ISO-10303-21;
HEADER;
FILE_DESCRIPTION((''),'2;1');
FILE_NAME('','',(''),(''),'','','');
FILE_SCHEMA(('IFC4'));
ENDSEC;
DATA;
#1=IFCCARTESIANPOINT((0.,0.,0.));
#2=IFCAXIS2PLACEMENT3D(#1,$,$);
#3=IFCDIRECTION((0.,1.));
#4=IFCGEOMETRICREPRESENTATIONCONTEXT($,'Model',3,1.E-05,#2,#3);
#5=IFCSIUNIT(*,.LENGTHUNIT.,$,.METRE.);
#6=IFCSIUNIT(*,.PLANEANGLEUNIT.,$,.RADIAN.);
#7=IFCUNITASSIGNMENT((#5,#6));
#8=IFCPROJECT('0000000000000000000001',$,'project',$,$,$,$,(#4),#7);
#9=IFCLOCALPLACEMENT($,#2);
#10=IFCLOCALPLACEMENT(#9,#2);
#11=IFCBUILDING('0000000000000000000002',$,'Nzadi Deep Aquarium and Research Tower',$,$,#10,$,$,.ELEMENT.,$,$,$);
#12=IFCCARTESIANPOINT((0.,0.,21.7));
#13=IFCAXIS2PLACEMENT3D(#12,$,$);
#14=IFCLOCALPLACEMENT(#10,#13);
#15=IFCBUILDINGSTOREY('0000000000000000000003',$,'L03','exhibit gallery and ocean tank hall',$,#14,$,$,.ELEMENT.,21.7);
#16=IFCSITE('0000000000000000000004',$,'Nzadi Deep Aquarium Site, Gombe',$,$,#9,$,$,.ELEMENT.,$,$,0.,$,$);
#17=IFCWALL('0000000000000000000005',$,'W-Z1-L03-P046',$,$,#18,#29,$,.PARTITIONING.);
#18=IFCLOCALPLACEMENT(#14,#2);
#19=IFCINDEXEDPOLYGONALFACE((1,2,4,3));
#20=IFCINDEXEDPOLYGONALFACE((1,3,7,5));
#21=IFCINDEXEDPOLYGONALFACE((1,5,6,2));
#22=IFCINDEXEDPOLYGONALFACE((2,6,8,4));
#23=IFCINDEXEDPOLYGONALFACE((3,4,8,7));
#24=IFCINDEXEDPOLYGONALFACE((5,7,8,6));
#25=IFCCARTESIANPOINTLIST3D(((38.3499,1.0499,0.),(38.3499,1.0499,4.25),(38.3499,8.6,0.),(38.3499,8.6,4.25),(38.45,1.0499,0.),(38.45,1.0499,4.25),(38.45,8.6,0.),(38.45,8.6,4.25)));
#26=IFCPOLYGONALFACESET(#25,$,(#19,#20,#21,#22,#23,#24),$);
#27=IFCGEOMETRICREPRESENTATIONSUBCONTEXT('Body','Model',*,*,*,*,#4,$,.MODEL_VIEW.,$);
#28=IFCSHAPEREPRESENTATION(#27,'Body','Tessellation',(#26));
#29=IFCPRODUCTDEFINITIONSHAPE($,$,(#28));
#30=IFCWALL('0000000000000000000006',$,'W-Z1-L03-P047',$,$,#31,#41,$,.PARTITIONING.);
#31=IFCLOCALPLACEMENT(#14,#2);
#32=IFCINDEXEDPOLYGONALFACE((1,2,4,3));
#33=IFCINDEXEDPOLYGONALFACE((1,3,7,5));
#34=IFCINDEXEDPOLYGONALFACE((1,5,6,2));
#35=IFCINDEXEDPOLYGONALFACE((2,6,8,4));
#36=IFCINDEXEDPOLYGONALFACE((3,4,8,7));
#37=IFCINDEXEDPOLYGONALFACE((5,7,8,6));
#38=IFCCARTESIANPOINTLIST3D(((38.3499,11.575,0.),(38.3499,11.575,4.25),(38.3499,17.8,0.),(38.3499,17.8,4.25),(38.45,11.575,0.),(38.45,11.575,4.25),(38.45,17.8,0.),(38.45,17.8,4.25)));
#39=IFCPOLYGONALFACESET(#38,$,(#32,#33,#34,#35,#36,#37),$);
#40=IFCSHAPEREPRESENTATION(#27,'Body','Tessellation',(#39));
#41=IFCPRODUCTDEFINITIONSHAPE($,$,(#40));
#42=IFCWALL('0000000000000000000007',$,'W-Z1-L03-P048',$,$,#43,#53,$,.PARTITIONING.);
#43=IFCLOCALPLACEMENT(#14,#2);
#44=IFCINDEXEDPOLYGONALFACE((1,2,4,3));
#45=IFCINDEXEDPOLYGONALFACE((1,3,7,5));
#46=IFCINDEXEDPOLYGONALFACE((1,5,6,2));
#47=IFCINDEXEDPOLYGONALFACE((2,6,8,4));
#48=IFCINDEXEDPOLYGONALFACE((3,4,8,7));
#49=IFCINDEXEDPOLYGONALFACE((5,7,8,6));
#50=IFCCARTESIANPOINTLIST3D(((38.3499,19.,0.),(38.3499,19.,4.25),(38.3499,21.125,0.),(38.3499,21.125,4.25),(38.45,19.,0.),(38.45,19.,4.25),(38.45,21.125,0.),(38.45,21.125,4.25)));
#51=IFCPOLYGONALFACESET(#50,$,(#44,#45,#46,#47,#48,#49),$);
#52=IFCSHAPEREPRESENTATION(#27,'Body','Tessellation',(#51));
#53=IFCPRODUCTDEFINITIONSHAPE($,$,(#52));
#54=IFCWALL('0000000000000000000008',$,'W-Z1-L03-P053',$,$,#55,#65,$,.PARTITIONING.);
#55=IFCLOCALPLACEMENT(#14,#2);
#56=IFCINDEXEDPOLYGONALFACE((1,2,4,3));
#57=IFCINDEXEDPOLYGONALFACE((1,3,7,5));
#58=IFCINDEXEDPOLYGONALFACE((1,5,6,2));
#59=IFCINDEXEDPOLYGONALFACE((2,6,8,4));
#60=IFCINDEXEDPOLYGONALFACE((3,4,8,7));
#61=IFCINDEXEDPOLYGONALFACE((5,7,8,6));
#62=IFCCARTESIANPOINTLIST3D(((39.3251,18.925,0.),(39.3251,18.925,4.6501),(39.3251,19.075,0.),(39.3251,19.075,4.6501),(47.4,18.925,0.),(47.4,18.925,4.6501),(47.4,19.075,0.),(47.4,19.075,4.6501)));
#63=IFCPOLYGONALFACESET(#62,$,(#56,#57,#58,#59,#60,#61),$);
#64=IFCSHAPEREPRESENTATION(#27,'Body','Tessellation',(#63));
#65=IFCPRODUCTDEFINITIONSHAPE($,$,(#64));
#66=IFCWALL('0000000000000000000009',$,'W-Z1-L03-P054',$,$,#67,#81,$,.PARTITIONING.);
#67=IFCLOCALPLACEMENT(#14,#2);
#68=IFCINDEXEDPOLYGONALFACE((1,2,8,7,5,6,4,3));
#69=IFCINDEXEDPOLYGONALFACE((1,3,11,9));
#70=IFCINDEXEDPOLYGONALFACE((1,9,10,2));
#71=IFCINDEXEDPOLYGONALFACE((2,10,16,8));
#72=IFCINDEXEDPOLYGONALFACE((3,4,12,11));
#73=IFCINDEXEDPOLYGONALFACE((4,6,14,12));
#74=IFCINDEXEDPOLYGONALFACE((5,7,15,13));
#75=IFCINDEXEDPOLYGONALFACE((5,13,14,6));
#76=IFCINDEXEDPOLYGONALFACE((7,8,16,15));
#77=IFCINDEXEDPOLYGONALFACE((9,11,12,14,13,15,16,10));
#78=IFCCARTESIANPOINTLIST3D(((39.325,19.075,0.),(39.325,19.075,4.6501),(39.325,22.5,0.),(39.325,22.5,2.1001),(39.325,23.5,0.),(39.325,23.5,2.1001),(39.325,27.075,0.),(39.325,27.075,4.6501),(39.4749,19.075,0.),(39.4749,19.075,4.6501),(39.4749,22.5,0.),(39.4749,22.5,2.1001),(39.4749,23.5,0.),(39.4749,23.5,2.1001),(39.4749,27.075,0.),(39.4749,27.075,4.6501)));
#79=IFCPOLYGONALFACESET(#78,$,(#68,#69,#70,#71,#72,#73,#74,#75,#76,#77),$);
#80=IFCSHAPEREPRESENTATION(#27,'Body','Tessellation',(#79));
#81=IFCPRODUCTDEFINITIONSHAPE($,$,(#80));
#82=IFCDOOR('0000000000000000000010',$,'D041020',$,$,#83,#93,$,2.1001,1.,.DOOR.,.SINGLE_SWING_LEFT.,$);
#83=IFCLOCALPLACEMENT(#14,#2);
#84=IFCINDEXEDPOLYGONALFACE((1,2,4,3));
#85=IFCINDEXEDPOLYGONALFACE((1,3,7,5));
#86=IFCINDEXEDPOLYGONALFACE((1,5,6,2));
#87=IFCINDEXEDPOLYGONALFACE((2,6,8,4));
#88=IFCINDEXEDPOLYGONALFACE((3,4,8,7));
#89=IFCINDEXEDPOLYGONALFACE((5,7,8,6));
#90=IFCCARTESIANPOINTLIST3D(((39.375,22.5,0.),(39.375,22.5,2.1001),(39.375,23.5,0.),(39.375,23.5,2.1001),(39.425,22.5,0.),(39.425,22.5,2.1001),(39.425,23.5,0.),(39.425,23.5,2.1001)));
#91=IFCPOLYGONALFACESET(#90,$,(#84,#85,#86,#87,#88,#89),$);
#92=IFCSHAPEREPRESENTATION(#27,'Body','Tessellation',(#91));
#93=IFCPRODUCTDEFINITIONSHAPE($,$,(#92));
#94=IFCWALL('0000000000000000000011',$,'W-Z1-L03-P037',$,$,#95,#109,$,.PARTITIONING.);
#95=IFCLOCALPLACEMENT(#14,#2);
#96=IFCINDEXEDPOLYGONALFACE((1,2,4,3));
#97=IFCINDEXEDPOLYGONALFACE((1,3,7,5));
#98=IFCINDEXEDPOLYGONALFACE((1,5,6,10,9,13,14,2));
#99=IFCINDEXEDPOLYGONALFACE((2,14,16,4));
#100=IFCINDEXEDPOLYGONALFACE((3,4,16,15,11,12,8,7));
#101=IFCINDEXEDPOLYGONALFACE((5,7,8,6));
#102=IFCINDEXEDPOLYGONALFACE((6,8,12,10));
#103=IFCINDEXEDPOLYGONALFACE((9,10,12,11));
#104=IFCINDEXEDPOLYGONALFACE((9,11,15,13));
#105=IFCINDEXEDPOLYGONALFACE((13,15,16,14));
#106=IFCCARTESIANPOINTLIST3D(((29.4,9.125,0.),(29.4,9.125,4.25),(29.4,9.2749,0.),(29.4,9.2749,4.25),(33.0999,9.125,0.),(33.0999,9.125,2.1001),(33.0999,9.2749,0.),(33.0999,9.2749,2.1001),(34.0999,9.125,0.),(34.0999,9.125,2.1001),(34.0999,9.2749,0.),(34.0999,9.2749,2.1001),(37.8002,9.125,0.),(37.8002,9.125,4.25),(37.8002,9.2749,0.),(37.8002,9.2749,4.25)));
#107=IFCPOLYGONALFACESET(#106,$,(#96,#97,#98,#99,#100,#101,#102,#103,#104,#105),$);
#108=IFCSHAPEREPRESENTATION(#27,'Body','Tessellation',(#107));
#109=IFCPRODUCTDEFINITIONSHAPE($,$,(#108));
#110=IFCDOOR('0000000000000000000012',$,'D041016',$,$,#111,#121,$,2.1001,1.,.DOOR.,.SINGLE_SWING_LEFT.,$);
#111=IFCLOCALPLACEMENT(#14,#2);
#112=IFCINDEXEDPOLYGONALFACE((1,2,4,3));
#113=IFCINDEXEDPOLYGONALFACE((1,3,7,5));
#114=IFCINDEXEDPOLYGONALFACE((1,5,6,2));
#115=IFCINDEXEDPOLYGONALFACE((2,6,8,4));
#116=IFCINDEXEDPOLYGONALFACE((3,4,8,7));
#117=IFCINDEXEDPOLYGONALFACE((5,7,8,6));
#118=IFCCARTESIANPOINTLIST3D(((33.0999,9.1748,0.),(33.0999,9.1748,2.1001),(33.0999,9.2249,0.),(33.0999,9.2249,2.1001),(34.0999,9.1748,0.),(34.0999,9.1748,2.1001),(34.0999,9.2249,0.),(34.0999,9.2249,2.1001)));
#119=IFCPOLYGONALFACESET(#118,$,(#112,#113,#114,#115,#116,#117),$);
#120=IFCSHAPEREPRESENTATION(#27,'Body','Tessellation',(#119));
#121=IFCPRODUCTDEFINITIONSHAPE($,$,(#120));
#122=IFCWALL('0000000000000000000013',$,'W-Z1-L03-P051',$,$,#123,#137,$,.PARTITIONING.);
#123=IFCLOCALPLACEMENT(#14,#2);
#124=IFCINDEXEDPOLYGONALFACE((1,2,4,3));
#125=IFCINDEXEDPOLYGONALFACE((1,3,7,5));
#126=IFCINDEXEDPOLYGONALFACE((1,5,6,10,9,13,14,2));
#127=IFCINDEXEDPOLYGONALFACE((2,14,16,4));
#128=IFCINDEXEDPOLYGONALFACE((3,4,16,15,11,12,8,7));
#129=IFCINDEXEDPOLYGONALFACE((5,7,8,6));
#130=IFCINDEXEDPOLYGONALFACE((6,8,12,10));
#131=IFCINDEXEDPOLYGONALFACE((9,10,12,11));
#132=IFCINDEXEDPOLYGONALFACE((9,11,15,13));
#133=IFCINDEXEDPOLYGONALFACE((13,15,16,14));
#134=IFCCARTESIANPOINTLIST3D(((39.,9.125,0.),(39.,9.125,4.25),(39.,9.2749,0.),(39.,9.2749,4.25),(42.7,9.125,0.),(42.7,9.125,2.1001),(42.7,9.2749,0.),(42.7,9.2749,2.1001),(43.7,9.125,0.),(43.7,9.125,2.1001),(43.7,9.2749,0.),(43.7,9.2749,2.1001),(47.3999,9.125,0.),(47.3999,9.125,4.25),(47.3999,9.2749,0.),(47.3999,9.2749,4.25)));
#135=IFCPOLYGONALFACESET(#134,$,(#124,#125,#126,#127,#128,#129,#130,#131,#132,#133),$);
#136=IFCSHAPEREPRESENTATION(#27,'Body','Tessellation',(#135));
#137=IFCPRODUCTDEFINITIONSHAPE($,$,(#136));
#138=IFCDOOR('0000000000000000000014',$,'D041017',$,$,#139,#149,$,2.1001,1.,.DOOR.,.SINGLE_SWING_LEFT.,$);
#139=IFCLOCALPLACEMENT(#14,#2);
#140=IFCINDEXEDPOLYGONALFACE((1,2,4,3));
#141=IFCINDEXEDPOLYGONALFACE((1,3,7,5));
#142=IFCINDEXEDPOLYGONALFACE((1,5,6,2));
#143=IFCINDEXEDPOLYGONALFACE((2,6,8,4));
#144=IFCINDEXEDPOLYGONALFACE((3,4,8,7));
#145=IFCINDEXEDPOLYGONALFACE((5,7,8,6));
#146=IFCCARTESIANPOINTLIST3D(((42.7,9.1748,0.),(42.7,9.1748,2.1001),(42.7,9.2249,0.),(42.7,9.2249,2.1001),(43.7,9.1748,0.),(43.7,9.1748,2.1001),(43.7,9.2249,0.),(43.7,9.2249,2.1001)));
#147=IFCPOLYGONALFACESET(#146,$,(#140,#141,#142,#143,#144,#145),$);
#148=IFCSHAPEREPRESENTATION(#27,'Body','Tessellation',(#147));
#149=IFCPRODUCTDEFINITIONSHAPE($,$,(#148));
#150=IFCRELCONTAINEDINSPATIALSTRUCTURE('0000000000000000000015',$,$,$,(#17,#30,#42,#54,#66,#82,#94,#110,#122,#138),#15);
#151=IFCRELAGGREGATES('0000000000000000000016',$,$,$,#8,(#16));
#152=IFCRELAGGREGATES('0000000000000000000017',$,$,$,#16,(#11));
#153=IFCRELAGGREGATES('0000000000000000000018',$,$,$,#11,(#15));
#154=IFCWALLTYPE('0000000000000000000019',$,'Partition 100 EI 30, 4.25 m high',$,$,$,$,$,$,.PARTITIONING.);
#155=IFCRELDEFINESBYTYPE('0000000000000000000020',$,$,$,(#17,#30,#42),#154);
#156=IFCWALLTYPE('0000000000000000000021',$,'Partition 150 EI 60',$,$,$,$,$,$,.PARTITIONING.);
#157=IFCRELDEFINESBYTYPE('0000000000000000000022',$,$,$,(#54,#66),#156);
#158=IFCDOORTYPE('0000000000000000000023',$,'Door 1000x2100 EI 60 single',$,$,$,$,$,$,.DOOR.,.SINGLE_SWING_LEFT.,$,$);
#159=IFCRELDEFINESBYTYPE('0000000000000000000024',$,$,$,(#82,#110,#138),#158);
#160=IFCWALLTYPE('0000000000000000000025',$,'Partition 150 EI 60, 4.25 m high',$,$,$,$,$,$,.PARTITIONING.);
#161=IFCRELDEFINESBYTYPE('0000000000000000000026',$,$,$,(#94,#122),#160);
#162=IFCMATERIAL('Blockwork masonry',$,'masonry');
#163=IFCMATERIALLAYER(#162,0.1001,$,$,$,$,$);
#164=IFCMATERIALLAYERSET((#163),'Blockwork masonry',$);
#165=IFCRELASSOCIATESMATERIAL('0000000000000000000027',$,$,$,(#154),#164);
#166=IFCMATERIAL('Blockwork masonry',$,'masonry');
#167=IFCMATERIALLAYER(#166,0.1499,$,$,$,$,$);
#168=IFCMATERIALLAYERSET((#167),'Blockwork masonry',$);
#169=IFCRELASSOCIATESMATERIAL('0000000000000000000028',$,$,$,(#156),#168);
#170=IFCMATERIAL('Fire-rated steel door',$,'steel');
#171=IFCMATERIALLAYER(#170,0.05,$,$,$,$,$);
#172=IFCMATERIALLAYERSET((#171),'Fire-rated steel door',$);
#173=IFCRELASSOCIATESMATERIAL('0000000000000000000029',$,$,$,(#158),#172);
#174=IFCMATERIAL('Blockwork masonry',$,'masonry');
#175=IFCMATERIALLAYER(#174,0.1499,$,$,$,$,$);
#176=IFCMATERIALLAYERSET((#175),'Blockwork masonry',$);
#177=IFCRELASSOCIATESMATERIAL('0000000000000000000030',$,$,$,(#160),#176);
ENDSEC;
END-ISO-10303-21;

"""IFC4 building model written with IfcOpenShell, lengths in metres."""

from ifc_helpers import new_model, si_unit, direction, frame, frame_2d, origin, place, context, subcontext, project, spatial, rectangle, extrude, material, layer, layer_set, type_object, element, fill, save


model = new_model("IFC4")

# Units and contexts
model_context = context("Model", 3, precision=1e-05, world=origin(), true_north=direction((0.0, 1.0)))
body_context = subcontext(model_context, "Body", "Model", "MODEL_VIEW")
ifc_project = project(units=[si_unit("LENGTHUNIT", "METRE"), si_unit("PLANEANGLEUNIT", "RADIAN")], contexts=[model_context])

# Site, building, storey
site_placement = place(None, origin())
site = spatial("IfcSite", under=ifc_project, at=site_placement, Name="Nzadi Deep Aquarium Site, Gombe", CompositionType="ELEMENT", RefElevation=0.0)
building_placement = place(site_placement, origin())
building = spatial("IfcBuilding", under=site, at=building_placement, Name="Nzadi Deep Aquarium and Research Tower", CompositionType="ELEMENT")
storey_placement = place(building_placement, frame((0.0, 0.0, 21.7)))
storey = spatial("IfcBuildingStorey", under=building, at=storey_placement, Name="L03", Description="exhibit gallery and ocean tank hall", CompositionType="ELEMENT", Elevation=21.7)

# Walls
ifc_material_1 = material(Name="Blockwork masonry", Category="masonry")
ifc_layer_1 = layer(ifc_material_1, 0.1001)
ifc_layer_set_1 = layer_set([ifc_layer_1], Name="Blockwork masonry")
wall_type_1 = type_object("IfcWallType", Name="Partition 100 EI 30, 4.25 m high", PredefinedType="PARTITIONING", material=ifc_layer_set_1)
wall_1_placement = place(storey_placement, frame((38.3999, 1.05, 0.0), z_axis=(0.0, 0.0, 1.0), x_axis=(0.0, 1.0, 0.0)))
element("IfcWall", 1, at=wall_1_placement, inside=storey, type_object=wall_type_1, Name="W-Z1-L03-P046", PredefinedType="PARTITIONING", context=body_context, shape_type="SweptSolid", body=[
    extrude(rectangle(XDim=7.55, YDim=0.1001, at=frame_2d((3.7749, 0.0))), origin(), (0.0, 0.0, 1.0), 4.25),
])
wall_2_placement = place(storey_placement, frame((38.3999, 11.575, 0.0), z_axis=(0.0, 0.0, 1.0), x_axis=(0.0, 1.0, 0.0)))
element("IfcWall", 2, at=wall_2_placement, inside=storey, type_object=wall_type_1, Name="W-Z1-L03-P047", PredefinedType="PARTITIONING", context=body_context, shape_type="SweptSolid", body=[
    extrude(rectangle(XDim=6.2251, YDim=0.1001, at=frame_2d((3.1125, 0.0))), origin(), (0.0, 0.0, 1.0), 4.25),
])
wall_3_placement = place(storey_placement, frame((38.3999, 19.0, 0.0), z_axis=(0.0, 0.0, 1.0), x_axis=(0.0, 1.0, 0.0)))
element("IfcWall", 3, at=wall_3_placement, inside=storey, type_object=wall_type_1, Name="W-Z1-L03-P048", PredefinedType="PARTITIONING", context=body_context, shape_type="SweptSolid", body=[
    extrude(rectangle(XDim=2.125, YDim=0.1001, at=frame_2d((1.0625, 0.0))), origin(), (0.0, 0.0, 1.0), 4.25),
])
ifc_material_2 = material(Name="Blockwork masonry", Category="masonry")
ifc_layer_2 = layer(ifc_material_2, 0.1499)
ifc_layer_set_2 = layer_set([ifc_layer_2], Name="Blockwork masonry")
wall_type_2 = type_object("IfcWallType", Name="Partition 150 EI 60", PredefinedType="PARTITIONING", material=ifc_layer_set_2)
wall_4_placement = place(storey_placement, frame((39.325, 19.0, 0.0), z_axis=(0.0, 0.0, 1.0), x_axis=(1.0, 0.0, 0.0)))
element("IfcWall", 4, at=wall_4_placement, inside=storey, type_object=wall_type_2, Name="W-Z1-L03-P053", PredefinedType="PARTITIONING", context=body_context, shape_type="SweptSolid", body=[
    extrude(rectangle(XDim=8.075, YDim=0.1499, at=frame_2d((4.0376, 0.0))), origin(), (0.0, 0.0, 1.0), 4.6501),
])

# Walls, openings, doors
wall_5_placement = place(storey_placement, frame((39.3999, 19.075, 0.0), z_axis=(0.0, 0.0, 1.0), x_axis=(0.0, 1.0, 0.0)))
wall_5 = element("IfcWall", 5, at=wall_5_placement, inside=storey, type_object=wall_type_2, Name="W-Z1-L03-P054", PredefinedType="PARTITIONING", context=body_context, shape_type="SweptSolid", body=[
    extrude(rectangle(XDim=8.0, YDim=0.1499, at=frame_2d((4.0, 0.0))), origin(), (0.0, 0.0, 1.0), 4.6501),
])
opening_1_placement = place(wall_5_placement, frame((3.425, 0.0, 0.0)))
opening_1 = element("IfcOpeningElement", 6, at=opening_1_placement, cuts=wall_5, PredefinedType="OPENING", context=body_context, shape_type="SweptSolid", body=[
    extrude(rectangle(XDim=1.0, YDim=2.1001, at=frame_2d((0.5, 1.05))), frame((0.0, 0.085, 0.0), z_axis=(0.0, -1.0, 0.0), x_axis=(1.0, 0.0, 0.0)), (0.0, 0.0, 1.0), 0.1699),
])
ifc_material_3 = material(Name="Fire-rated steel door", Category="steel")
ifc_layer_3 = layer(ifc_material_3, 0.05)
ifc_layer_set_3 = layer_set([ifc_layer_3], Name="Fire-rated steel door")
door_type = type_object("IfcDoorType", Name="Door 1000x2100 EI 60 single", OperationType="SINGLE_SWING_LEFT", PredefinedType="DOOR", material=ifc_layer_set_3)
door_1_placement = place(opening_1_placement, origin())
door_1 = element("IfcDoor", 7, at=door_1_placement, inside=storey, type_object=door_type, Name="D041020", OperationType="SINGLE_SWING_LEFT", OverallHeight=2.1001, OverallWidth=1.0, PredefinedType="DOOR", context=body_context, shape_type="SweptSolid", body=[
    extrude(rectangle(XDim=1.0, YDim=2.1001, at=frame_2d((0.5, 1.05))), frame((0.0, 0.0249, 0.0), z_axis=(0.0, -1.0, 0.0), x_axis=(1.0, 0.0, 0.0)), (0.0, 0.0, 1.0), 0.05),
])
fill(opening_1, door_1)
ifc_material_4 = material(Name="Blockwork masonry", Category="masonry")
ifc_layer_4 = layer(ifc_material_4, 0.1499)
ifc_layer_set_4 = layer_set([ifc_layer_4], Name="Blockwork masonry")
wall_type_3 = type_object("IfcWallType", Name="Partition 150 EI 60, 4.25 m high", PredefinedType="PARTITIONING", material=ifc_layer_set_4)
wall_6_placement = place(storey_placement, frame((29.3999, 9.2, 0.0), z_axis=(0.0, 0.0, 1.0), x_axis=(1.0, 0.0, 0.0)))
wall_6 = element("IfcWall", 8, at=wall_6_placement, inside=storey, type_object=wall_type_3, Name="W-Z1-L03-P037", PredefinedType="PARTITIONING", context=body_context, shape_type="SweptSolid", body=[
    extrude(rectangle(XDim=8.4001, YDim=0.1499, at=frame_2d((4.2002, 0.0))), origin(), (0.0, 0.0, 1.0), 4.25),
])
opening_2_placement = place(wall_6_placement, frame((3.7, 0.0, 0.0)))
opening_2 = element("IfcOpeningElement", 9, at=opening_2_placement, cuts=wall_6, PredefinedType="OPENING", context=body_context, shape_type="SweptSolid", body=[
    extrude(rectangle(XDim=1.0, YDim=2.1001, at=frame_2d((0.5, 1.05))), frame((0.0, 0.085, 0.0), z_axis=(0.0, -1.0, 0.0), x_axis=(1.0, 0.0, 0.0)), (0.0, 0.0, 1.0), 0.1699),
])
door_2_placement = place(opening_2_placement, origin())
door_2 = element("IfcDoor", 10, at=door_2_placement, inside=storey, type_object=door_type, Name="D041016", OperationType="SINGLE_SWING_LEFT", OverallHeight=2.1001, OverallWidth=1.0, PredefinedType="DOOR", context=body_context, shape_type="SweptSolid", body=[
    extrude(rectangle(XDim=1.0, YDim=2.1001, at=frame_2d((0.5, 1.05))), frame((0.0, 0.0249, 0.0), z_axis=(0.0, -1.0, 0.0), x_axis=(1.0, 0.0, 0.0)), (0.0, 0.0, 1.0), 0.05),
])
fill(opening_2, door_2)
wall_7_placement = place(storey_placement, frame((39.0, 9.2, 0.0), z_axis=(0.0, 0.0, 1.0), x_axis=(1.0, 0.0, 0.0)))
wall_7 = element("IfcWall", 11, at=wall_7_placement, inside=storey, type_object=wall_type_3, Name="W-Z1-L03-P051", PredefinedType="PARTITIONING", context=body_context, shape_type="SweptSolid", body=[
    extrude(rectangle(XDim=8.3999, YDim=0.1499, at=frame_2d((4.2, 0.0))), origin(), (0.0, 0.0, 1.0), 4.25),
])
opening_3_placement = place(wall_7_placement, frame((3.7, 0.0, 0.0)))
opening_3 = element("IfcOpeningElement", 12, at=opening_3_placement, cuts=wall_7, PredefinedType="OPENING", context=body_context, shape_type="SweptSolid", body=[
    extrude(rectangle(XDim=1.0, YDim=2.1001, at=frame_2d((0.5, 1.05))), frame((0.0, 0.085, 0.0), z_axis=(0.0, -1.0, 0.0), x_axis=(1.0, 0.0, 0.0)), (0.0, 0.0, 1.0), 0.1699),
])
door_3_placement = place(opening_3_placement, origin())
door_3 = element("IfcDoor", 13, at=door_3_placement, inside=storey, type_object=door_type, Name="D041017", OperationType="SINGLE_SWING_LEFT", OverallHeight=2.1001, OverallWidth=1.0, PredefinedType="DOOR", context=body_context, shape_type="SweptSolid", body=[
    extrude(rectangle(XDim=1.0, YDim=2.1001, at=frame_2d((0.5, 1.05))), frame((0.0, 0.0249, 0.0), z_axis=(0.0, -1.0, 0.0), x_axis=(1.0, 0.0, 0.0)), (0.0, 0.0, 1.0), 0.05),
])
fill(opening_3, door_3)

save(model, "model.ifc")
